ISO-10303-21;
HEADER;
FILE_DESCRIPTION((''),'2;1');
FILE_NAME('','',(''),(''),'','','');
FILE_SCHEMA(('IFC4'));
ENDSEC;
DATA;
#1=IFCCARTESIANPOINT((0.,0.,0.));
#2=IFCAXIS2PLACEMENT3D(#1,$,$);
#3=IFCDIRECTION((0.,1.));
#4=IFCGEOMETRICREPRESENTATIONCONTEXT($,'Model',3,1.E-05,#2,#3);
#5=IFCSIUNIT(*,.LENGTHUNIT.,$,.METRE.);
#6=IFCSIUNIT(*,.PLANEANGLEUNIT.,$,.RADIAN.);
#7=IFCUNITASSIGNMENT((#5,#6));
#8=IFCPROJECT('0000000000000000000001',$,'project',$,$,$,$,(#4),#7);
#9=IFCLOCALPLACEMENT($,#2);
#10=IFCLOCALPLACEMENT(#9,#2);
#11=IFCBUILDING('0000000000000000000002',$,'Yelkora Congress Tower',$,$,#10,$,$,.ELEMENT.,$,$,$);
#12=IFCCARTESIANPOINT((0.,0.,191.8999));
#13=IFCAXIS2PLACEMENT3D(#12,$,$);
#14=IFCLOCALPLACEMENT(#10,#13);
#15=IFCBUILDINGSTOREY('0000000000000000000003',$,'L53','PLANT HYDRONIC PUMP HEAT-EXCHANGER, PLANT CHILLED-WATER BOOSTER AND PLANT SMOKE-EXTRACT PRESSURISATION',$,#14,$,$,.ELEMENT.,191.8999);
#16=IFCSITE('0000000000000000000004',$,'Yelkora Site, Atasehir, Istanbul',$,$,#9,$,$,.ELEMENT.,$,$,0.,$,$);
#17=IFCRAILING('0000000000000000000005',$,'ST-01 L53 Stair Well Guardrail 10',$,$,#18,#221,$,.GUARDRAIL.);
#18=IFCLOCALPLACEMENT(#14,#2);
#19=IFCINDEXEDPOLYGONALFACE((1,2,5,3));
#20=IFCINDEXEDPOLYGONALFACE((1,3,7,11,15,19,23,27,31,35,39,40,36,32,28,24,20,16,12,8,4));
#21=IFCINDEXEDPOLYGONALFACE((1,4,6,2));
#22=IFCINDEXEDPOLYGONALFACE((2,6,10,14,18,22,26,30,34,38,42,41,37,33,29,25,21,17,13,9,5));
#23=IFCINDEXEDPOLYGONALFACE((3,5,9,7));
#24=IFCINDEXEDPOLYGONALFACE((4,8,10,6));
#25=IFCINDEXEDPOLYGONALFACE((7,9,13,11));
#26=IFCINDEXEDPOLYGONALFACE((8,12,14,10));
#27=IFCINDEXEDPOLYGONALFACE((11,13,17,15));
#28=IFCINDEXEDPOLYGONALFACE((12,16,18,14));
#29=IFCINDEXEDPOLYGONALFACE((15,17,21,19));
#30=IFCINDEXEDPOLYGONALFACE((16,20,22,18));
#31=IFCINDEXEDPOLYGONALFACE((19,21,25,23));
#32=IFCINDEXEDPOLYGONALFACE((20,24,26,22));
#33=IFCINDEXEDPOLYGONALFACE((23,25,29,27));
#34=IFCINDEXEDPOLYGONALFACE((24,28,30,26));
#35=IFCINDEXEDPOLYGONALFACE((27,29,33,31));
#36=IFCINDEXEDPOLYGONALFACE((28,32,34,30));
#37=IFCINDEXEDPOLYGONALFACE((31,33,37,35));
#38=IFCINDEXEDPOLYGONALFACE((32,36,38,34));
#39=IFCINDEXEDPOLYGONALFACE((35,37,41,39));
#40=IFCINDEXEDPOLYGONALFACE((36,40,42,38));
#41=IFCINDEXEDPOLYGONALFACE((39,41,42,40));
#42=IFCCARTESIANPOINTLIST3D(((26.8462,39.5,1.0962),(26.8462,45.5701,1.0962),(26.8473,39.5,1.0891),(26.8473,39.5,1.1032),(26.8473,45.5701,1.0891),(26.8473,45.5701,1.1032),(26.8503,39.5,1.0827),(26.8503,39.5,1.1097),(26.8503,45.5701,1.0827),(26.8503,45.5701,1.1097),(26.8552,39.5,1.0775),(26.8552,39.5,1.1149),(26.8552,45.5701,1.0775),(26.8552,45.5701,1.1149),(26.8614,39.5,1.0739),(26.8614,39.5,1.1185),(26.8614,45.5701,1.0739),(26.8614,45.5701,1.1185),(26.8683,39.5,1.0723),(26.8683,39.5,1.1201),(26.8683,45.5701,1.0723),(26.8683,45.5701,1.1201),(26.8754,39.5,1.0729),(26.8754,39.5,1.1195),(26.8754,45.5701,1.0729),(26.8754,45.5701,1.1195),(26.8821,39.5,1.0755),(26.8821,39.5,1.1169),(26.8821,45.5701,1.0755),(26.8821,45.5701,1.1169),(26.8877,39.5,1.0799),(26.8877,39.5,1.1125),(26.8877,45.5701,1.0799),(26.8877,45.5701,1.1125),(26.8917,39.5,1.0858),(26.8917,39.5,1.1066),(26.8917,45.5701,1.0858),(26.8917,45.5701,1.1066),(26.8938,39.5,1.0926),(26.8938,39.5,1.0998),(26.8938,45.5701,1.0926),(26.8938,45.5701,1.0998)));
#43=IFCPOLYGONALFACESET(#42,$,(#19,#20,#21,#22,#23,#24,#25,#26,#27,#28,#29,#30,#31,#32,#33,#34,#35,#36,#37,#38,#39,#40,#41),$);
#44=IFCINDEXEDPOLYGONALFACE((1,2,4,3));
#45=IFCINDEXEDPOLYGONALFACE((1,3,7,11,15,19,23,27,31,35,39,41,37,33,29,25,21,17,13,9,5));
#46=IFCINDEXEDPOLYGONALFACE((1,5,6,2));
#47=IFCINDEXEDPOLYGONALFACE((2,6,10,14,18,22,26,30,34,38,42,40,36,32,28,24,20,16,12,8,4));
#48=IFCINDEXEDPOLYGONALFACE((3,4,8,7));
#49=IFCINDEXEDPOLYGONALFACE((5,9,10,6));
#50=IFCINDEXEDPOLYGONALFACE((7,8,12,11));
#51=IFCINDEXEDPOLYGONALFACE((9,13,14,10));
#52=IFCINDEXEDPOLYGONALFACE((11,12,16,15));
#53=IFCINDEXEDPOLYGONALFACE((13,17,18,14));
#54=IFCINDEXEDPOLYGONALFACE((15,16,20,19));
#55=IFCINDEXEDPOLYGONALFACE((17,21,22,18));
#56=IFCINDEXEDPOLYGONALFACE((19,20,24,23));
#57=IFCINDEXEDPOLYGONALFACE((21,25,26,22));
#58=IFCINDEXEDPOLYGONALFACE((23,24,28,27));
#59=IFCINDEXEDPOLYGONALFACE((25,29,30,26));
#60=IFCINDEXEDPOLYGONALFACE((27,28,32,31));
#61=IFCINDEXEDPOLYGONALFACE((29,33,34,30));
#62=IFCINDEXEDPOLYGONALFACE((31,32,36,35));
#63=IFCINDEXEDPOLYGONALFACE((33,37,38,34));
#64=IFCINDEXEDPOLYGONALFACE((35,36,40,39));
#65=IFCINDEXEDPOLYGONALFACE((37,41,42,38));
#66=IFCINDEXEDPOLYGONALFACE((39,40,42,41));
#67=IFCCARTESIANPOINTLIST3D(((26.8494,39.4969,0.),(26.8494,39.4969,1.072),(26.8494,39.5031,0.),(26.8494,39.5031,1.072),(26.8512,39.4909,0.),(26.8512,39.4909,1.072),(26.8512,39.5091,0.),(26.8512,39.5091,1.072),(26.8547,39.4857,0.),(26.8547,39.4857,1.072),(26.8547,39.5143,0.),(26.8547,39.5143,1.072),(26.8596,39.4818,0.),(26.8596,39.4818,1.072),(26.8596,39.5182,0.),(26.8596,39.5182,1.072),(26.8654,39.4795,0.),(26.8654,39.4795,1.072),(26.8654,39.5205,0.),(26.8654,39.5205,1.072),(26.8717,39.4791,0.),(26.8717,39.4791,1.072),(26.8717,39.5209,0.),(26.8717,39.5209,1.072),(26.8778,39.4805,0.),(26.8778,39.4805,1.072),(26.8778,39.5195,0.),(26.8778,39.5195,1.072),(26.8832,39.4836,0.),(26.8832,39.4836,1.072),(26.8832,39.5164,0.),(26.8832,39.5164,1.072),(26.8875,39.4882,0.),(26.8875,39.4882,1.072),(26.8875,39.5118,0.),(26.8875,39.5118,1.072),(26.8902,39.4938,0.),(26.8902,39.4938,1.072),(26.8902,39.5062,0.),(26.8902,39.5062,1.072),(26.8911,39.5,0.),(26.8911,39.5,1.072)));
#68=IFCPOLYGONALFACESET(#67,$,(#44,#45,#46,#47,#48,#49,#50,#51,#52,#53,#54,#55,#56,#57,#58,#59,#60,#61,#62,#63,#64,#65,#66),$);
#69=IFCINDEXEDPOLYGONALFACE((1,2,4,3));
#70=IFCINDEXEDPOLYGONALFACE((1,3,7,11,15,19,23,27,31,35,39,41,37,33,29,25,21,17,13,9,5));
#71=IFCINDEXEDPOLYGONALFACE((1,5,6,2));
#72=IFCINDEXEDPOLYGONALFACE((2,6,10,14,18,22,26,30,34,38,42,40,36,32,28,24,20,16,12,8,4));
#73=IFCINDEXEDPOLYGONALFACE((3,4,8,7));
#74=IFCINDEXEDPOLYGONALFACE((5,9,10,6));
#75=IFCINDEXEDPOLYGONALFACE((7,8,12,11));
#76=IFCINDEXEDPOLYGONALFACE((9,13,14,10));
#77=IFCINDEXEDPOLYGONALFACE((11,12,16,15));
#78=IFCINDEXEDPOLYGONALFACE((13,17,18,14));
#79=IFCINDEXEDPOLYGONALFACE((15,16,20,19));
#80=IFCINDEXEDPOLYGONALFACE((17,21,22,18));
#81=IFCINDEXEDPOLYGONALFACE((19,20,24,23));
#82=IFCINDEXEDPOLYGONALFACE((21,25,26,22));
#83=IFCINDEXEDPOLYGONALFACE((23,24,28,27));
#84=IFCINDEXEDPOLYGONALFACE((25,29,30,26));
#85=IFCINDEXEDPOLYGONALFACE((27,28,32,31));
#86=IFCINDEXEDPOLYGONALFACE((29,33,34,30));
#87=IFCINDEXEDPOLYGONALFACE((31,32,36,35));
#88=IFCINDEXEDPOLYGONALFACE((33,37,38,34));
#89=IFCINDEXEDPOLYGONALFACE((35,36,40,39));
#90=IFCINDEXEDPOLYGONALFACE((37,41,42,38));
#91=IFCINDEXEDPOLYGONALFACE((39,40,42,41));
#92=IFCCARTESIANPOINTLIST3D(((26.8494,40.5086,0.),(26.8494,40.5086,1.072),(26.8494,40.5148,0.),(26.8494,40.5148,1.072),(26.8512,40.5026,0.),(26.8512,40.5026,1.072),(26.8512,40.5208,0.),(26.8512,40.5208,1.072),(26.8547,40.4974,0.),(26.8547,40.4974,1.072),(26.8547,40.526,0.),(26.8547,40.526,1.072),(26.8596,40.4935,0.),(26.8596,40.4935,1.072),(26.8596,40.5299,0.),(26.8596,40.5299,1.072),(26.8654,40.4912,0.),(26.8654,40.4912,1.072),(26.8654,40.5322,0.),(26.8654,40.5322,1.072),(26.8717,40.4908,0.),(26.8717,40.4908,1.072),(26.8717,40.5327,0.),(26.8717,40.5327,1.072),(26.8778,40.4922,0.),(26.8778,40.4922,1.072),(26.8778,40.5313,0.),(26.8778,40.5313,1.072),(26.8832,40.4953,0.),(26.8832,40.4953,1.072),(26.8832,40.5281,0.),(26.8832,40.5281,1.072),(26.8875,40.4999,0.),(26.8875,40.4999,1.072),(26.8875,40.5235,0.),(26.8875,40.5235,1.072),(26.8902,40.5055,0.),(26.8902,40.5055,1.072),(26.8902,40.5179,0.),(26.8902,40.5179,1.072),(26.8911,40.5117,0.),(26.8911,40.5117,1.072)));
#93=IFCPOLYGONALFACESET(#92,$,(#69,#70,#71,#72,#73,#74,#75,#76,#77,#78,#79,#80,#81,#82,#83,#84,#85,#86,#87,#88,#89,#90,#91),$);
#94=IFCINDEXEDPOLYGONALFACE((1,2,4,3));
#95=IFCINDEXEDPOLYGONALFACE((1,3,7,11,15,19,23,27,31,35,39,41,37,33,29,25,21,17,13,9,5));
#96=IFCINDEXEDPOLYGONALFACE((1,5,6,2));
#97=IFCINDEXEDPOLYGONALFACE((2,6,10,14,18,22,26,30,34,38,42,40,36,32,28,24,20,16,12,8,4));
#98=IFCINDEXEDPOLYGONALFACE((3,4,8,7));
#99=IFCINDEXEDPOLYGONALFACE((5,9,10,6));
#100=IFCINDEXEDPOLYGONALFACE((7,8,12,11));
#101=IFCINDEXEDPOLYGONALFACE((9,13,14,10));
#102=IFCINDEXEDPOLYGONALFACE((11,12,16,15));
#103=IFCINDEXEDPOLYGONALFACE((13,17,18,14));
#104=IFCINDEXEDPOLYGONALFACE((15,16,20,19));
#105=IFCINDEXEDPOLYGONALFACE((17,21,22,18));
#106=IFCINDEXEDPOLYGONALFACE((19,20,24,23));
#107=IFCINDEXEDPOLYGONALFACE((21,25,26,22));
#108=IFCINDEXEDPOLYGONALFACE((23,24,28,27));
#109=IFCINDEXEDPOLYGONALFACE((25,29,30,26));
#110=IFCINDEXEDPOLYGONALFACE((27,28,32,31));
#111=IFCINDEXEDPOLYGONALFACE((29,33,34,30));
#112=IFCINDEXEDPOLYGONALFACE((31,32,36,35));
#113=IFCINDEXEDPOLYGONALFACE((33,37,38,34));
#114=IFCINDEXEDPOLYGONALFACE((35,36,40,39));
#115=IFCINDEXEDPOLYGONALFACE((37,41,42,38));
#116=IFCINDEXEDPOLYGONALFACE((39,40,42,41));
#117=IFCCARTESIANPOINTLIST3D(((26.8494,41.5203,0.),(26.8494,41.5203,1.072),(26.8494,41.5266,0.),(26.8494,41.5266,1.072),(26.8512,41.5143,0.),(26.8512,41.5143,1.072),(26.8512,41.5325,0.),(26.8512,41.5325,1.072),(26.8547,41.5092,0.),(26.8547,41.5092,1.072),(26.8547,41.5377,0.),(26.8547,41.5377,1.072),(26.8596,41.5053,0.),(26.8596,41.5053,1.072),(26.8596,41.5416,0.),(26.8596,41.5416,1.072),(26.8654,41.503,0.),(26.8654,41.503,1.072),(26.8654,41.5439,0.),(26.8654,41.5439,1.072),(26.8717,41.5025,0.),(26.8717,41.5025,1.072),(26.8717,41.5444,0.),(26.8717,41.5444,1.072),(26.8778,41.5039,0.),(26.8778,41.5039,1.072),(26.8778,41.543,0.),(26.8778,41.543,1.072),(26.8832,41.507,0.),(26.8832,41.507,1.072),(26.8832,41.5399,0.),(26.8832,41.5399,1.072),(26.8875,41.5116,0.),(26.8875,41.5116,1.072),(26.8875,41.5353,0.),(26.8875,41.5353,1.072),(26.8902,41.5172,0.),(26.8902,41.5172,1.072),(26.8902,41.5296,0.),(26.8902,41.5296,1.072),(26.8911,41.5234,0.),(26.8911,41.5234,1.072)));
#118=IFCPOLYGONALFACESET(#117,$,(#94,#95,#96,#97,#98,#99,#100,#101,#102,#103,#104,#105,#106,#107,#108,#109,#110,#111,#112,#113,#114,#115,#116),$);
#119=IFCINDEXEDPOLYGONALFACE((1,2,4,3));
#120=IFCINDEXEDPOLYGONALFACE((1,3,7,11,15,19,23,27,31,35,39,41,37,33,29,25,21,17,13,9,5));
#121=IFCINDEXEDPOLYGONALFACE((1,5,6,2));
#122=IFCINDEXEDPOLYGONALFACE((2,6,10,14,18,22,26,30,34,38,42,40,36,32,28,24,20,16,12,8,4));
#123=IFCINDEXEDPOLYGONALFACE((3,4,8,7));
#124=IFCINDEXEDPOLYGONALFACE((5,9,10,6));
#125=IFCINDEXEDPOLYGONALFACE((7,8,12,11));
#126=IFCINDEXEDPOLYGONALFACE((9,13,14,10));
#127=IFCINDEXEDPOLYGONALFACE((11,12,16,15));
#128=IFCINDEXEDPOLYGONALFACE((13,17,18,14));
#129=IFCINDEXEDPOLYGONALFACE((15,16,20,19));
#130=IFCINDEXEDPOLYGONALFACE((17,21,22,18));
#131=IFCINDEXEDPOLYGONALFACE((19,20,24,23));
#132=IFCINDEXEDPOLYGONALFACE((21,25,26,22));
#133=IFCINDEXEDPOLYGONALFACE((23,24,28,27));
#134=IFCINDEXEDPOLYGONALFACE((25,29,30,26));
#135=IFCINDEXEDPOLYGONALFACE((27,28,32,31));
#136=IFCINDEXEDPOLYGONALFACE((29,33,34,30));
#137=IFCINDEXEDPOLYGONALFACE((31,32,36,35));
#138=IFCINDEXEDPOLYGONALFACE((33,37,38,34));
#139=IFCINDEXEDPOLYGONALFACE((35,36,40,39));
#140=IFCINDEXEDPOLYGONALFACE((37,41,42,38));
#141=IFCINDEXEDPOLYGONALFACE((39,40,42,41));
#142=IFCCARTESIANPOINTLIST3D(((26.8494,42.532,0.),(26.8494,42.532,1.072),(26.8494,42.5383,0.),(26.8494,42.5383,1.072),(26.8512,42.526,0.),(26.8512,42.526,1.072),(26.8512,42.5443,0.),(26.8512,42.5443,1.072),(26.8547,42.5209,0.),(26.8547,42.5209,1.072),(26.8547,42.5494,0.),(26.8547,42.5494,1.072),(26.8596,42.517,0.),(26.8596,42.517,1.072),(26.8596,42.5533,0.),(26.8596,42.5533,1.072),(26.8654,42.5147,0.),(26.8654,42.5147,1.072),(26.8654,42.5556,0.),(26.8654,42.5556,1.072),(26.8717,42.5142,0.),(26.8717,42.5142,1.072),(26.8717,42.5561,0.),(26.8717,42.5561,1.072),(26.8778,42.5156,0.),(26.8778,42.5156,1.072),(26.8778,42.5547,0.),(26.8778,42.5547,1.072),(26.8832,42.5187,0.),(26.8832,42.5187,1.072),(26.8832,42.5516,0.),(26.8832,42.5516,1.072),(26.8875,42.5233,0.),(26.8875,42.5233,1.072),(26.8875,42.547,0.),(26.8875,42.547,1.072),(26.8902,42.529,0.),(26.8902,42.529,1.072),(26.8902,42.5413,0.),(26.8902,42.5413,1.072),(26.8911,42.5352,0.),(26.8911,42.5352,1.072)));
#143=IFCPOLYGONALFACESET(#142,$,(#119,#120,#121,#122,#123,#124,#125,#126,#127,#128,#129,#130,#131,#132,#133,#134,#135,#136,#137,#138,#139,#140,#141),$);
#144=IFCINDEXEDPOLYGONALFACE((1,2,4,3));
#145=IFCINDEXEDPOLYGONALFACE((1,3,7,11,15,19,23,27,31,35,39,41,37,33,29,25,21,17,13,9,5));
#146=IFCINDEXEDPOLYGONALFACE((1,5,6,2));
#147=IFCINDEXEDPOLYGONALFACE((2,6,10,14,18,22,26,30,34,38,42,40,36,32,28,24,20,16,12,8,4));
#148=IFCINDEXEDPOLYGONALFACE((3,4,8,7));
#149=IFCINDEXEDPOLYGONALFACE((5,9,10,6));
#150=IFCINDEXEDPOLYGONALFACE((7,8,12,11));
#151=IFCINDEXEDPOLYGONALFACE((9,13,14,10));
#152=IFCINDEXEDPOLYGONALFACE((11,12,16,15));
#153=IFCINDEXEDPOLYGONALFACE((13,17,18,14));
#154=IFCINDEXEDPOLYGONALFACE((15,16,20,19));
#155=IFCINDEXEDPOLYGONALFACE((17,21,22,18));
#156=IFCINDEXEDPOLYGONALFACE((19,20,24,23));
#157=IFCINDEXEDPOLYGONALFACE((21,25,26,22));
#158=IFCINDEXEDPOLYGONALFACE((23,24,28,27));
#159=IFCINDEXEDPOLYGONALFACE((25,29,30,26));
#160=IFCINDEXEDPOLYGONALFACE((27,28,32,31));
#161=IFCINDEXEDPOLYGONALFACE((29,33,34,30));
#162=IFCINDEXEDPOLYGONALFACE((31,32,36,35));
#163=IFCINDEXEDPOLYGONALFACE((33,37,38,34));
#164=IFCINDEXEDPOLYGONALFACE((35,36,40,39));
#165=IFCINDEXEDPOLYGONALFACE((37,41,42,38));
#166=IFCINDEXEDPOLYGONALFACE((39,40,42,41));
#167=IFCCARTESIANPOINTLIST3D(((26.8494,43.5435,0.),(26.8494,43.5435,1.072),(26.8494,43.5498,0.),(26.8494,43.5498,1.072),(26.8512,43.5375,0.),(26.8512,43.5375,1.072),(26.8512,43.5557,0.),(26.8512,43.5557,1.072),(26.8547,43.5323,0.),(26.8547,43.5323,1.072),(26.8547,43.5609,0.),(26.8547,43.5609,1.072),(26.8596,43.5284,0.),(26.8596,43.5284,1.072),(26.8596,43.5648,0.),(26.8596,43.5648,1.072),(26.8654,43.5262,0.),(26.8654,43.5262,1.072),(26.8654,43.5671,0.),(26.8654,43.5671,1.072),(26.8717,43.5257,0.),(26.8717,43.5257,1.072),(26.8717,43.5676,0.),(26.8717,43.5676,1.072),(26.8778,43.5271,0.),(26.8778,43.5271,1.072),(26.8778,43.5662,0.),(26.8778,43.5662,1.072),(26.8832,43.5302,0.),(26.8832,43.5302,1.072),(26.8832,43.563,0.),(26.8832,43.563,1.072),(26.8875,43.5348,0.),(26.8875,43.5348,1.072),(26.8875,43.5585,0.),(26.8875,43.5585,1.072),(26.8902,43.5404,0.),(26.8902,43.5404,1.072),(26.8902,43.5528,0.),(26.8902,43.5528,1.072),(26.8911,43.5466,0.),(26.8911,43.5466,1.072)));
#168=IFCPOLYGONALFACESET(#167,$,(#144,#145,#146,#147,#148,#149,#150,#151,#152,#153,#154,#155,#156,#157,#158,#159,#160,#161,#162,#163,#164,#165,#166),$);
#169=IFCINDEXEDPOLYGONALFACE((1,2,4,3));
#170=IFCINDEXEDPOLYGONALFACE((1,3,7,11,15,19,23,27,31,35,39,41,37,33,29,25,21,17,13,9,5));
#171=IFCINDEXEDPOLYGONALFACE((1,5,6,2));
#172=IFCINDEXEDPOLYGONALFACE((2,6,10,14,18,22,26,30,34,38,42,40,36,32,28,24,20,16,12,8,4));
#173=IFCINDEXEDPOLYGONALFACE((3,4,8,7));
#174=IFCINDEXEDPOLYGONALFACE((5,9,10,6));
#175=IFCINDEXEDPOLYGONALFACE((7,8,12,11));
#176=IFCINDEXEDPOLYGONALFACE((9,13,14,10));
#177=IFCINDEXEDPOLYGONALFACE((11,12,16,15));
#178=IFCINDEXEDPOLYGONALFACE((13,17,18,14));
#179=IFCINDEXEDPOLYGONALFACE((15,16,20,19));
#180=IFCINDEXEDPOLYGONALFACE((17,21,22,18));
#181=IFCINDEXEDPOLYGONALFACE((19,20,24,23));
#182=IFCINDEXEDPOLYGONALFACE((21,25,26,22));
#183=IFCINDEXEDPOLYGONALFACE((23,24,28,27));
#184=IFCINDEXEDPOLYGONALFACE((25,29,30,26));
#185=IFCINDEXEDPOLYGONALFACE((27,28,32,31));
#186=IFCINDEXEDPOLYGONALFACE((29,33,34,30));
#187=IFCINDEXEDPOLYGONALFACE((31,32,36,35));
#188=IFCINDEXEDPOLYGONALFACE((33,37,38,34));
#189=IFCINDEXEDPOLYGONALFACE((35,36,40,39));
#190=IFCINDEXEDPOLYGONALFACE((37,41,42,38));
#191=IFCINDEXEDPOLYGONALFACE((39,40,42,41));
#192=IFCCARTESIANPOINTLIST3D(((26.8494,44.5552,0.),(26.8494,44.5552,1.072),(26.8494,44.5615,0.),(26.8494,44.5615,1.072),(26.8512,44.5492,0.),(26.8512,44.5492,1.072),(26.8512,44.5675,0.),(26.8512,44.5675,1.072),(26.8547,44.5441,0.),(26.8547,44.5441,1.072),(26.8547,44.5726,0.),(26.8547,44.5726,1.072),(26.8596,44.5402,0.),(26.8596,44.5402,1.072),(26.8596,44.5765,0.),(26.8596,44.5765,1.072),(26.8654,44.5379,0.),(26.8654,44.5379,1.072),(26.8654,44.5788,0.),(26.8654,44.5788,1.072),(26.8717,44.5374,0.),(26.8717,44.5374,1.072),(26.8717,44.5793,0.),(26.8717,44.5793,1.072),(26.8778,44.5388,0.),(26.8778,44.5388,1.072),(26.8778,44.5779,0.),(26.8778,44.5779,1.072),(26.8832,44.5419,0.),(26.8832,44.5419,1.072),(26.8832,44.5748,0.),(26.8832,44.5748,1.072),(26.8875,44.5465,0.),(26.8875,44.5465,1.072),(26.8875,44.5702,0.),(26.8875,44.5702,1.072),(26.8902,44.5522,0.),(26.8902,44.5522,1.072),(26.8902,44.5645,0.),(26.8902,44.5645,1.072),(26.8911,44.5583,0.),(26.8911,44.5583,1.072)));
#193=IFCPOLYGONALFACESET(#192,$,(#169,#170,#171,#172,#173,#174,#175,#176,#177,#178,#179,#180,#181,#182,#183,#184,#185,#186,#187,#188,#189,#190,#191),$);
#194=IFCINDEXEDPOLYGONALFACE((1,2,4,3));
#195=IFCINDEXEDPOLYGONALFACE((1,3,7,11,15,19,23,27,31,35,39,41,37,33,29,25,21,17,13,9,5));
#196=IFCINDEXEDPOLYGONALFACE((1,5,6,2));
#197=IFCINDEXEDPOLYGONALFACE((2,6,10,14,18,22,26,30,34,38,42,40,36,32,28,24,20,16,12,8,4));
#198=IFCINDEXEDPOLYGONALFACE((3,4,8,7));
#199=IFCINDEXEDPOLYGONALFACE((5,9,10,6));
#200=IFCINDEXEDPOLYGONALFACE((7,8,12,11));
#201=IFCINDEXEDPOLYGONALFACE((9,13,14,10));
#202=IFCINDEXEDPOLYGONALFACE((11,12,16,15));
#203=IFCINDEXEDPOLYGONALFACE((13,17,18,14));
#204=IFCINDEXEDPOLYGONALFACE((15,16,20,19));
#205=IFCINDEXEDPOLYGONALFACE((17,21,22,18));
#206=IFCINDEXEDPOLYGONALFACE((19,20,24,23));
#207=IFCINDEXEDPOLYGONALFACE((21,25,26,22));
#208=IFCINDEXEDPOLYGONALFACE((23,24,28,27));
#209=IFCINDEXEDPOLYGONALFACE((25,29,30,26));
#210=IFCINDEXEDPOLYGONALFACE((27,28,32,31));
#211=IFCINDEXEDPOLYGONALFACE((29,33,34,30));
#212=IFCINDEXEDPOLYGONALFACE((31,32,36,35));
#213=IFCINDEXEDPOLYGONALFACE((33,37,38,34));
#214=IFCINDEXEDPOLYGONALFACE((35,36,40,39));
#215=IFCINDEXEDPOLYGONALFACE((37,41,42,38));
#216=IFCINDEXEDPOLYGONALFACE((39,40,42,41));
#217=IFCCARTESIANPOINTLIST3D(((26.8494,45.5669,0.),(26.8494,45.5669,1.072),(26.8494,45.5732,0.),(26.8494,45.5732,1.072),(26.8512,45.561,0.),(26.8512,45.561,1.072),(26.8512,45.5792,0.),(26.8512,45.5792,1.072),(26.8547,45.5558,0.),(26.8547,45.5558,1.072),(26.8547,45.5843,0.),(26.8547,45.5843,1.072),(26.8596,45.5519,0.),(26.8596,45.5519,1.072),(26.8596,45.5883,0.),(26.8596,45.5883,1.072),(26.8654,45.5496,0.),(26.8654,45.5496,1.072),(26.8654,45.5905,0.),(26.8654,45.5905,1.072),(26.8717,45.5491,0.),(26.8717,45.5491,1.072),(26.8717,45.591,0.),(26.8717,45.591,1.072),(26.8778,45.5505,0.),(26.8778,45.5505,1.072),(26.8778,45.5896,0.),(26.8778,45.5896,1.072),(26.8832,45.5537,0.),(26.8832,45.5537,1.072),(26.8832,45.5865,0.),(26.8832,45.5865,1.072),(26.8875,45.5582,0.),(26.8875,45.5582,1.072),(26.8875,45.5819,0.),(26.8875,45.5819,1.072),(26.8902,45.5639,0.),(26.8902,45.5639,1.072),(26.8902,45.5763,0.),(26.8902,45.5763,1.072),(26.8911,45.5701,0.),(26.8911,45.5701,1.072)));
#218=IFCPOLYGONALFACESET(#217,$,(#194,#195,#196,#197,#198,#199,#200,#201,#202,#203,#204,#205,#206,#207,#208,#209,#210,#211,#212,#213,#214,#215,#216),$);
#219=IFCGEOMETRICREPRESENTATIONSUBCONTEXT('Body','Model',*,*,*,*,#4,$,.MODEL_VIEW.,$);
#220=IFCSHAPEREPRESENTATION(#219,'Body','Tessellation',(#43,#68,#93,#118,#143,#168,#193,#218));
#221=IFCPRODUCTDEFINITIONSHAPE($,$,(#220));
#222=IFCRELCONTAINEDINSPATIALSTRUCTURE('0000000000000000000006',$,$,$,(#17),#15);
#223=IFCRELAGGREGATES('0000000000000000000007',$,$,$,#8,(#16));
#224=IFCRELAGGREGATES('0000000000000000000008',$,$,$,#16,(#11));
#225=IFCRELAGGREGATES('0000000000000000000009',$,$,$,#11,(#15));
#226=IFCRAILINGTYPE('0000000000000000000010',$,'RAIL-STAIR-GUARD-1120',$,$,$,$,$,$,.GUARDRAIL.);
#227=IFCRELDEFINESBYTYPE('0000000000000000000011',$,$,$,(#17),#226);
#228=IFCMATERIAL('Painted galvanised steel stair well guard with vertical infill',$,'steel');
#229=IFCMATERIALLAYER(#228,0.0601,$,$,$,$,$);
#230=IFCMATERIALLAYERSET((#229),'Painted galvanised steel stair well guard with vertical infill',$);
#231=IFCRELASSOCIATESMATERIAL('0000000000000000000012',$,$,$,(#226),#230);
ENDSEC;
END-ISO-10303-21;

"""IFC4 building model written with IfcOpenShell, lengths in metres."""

from ifc_helpers import new_model, si_unit, direction, frame, origin, origin_2d, place, context, subcontext, project, spatial, circle, extrude, material, layer, layer_set, type_object, element, save


model = new_model("IFC4")

# Units and contexts
model_context = context("Model", 3, precision=1e-05, world=origin(), true_north=direction((0.0, 1.0)))
body_context = subcontext(model_context, "Body", "Model", "MODEL_VIEW")
ifc_project = project(units=[si_unit("LENGTHUNIT", "METRE"), si_unit("PLANEANGLEUNIT", "RADIAN")], contexts=[model_context])

# Site, building, storey
site_placement = place(None, origin())
site = spatial("IfcSite", under=ifc_project, at=site_placement, Name="Yelkora Site, Atasehir, Istanbul", CompositionType="ELEMENT", RefElevation=0.0)
building_placement = place(site_placement, origin())
building = spatial("IfcBuilding", under=site, at=building_placement, Name="Yelkora Congress Tower", CompositionType="ELEMENT")
storey_placement = place(building_placement, frame((0.0, 0.0, 191.8999)))
storey = spatial("IfcBuildingStorey", under=building, at=storey_placement, Name="L53", Description="PLANT HYDRONIC PUMP HEAT-EXCHANGER, PLANT CHILLED-WATER BOOSTER AND PLANT SMOKE-EXTRACT PRESSURISATION", CompositionType="ELEMENT", Elevation=191.8999)

# Railing
ifc_material_1 = material(Name="Painted galvanised steel stair well guard with vertical infill", Category="steel")
ifc_layer_1 = layer(ifc_material_1, 0.0601)
ifc_layer_set_1 = layer_set([ifc_layer_1], Name="Painted galvanised steel stair well guard with vertical infill")
railing_type_1 = type_object("IfcRailingType", Name="RAIL-STAIR-GUARD-1120", PredefinedType="GUARDRAIL", material=ifc_layer_set_1)
railing_1_placement = place(storey_placement, frame((26.8701, 39.5, 0.0)))
element("IfcRailing", 1, at=railing_1_placement, inside=storey, type_object=railing_type_1, Name="ST-01 L53 Stair Well Guardrail 10", PredefinedType="GUARDRAIL", context=body_context, shape_type="SweptSolid", body=[
    extrude(circle(Radius=0.0239, at=origin_2d()), frame((0.0, 0.0, 1.0962), z_axis=(0.0, 1.0, 0.0), x_axis=(-1.0, 0.0, 0.0)), (0.0, 0.0, 1.0), 6.0701),
    extrude(circle(Radius=0.021, at=origin_2d()), origin(), (0.0, 0.0, 1.0), 1.072),
    extrude(circle(Radius=0.021, at=origin_2d()), frame((0.0, 1.0117, 0.0)), (0.0, 0.0, 1.0), 1.072),
    extrude(circle(Radius=0.021, at=origin_2d()), frame((0.0, 2.0234, 0.0)), (0.0, 0.0, 1.0), 1.072),
    extrude(circle(Radius=0.021, at=origin_2d()), frame((0.0, 3.0352, 0.0)), (0.0, 0.0, 1.0), 1.072),
    extrude(circle(Radius=0.021, at=origin_2d()), frame((0.0, 4.0466, 0.0)), (0.0, 0.0, 1.0), 1.072),
    extrude(circle(Radius=0.021, at=origin_2d()), frame((0.0, 5.0583, 0.0)), (0.0, 0.0, 1.0), 1.072),
    extrude(circle(Radius=0.021, at=origin_2d()), frame((0.0, 6.0701, 0.0)), (0.0, 0.0, 1.0), 1.072),
])

save(model, "model.ifc")
